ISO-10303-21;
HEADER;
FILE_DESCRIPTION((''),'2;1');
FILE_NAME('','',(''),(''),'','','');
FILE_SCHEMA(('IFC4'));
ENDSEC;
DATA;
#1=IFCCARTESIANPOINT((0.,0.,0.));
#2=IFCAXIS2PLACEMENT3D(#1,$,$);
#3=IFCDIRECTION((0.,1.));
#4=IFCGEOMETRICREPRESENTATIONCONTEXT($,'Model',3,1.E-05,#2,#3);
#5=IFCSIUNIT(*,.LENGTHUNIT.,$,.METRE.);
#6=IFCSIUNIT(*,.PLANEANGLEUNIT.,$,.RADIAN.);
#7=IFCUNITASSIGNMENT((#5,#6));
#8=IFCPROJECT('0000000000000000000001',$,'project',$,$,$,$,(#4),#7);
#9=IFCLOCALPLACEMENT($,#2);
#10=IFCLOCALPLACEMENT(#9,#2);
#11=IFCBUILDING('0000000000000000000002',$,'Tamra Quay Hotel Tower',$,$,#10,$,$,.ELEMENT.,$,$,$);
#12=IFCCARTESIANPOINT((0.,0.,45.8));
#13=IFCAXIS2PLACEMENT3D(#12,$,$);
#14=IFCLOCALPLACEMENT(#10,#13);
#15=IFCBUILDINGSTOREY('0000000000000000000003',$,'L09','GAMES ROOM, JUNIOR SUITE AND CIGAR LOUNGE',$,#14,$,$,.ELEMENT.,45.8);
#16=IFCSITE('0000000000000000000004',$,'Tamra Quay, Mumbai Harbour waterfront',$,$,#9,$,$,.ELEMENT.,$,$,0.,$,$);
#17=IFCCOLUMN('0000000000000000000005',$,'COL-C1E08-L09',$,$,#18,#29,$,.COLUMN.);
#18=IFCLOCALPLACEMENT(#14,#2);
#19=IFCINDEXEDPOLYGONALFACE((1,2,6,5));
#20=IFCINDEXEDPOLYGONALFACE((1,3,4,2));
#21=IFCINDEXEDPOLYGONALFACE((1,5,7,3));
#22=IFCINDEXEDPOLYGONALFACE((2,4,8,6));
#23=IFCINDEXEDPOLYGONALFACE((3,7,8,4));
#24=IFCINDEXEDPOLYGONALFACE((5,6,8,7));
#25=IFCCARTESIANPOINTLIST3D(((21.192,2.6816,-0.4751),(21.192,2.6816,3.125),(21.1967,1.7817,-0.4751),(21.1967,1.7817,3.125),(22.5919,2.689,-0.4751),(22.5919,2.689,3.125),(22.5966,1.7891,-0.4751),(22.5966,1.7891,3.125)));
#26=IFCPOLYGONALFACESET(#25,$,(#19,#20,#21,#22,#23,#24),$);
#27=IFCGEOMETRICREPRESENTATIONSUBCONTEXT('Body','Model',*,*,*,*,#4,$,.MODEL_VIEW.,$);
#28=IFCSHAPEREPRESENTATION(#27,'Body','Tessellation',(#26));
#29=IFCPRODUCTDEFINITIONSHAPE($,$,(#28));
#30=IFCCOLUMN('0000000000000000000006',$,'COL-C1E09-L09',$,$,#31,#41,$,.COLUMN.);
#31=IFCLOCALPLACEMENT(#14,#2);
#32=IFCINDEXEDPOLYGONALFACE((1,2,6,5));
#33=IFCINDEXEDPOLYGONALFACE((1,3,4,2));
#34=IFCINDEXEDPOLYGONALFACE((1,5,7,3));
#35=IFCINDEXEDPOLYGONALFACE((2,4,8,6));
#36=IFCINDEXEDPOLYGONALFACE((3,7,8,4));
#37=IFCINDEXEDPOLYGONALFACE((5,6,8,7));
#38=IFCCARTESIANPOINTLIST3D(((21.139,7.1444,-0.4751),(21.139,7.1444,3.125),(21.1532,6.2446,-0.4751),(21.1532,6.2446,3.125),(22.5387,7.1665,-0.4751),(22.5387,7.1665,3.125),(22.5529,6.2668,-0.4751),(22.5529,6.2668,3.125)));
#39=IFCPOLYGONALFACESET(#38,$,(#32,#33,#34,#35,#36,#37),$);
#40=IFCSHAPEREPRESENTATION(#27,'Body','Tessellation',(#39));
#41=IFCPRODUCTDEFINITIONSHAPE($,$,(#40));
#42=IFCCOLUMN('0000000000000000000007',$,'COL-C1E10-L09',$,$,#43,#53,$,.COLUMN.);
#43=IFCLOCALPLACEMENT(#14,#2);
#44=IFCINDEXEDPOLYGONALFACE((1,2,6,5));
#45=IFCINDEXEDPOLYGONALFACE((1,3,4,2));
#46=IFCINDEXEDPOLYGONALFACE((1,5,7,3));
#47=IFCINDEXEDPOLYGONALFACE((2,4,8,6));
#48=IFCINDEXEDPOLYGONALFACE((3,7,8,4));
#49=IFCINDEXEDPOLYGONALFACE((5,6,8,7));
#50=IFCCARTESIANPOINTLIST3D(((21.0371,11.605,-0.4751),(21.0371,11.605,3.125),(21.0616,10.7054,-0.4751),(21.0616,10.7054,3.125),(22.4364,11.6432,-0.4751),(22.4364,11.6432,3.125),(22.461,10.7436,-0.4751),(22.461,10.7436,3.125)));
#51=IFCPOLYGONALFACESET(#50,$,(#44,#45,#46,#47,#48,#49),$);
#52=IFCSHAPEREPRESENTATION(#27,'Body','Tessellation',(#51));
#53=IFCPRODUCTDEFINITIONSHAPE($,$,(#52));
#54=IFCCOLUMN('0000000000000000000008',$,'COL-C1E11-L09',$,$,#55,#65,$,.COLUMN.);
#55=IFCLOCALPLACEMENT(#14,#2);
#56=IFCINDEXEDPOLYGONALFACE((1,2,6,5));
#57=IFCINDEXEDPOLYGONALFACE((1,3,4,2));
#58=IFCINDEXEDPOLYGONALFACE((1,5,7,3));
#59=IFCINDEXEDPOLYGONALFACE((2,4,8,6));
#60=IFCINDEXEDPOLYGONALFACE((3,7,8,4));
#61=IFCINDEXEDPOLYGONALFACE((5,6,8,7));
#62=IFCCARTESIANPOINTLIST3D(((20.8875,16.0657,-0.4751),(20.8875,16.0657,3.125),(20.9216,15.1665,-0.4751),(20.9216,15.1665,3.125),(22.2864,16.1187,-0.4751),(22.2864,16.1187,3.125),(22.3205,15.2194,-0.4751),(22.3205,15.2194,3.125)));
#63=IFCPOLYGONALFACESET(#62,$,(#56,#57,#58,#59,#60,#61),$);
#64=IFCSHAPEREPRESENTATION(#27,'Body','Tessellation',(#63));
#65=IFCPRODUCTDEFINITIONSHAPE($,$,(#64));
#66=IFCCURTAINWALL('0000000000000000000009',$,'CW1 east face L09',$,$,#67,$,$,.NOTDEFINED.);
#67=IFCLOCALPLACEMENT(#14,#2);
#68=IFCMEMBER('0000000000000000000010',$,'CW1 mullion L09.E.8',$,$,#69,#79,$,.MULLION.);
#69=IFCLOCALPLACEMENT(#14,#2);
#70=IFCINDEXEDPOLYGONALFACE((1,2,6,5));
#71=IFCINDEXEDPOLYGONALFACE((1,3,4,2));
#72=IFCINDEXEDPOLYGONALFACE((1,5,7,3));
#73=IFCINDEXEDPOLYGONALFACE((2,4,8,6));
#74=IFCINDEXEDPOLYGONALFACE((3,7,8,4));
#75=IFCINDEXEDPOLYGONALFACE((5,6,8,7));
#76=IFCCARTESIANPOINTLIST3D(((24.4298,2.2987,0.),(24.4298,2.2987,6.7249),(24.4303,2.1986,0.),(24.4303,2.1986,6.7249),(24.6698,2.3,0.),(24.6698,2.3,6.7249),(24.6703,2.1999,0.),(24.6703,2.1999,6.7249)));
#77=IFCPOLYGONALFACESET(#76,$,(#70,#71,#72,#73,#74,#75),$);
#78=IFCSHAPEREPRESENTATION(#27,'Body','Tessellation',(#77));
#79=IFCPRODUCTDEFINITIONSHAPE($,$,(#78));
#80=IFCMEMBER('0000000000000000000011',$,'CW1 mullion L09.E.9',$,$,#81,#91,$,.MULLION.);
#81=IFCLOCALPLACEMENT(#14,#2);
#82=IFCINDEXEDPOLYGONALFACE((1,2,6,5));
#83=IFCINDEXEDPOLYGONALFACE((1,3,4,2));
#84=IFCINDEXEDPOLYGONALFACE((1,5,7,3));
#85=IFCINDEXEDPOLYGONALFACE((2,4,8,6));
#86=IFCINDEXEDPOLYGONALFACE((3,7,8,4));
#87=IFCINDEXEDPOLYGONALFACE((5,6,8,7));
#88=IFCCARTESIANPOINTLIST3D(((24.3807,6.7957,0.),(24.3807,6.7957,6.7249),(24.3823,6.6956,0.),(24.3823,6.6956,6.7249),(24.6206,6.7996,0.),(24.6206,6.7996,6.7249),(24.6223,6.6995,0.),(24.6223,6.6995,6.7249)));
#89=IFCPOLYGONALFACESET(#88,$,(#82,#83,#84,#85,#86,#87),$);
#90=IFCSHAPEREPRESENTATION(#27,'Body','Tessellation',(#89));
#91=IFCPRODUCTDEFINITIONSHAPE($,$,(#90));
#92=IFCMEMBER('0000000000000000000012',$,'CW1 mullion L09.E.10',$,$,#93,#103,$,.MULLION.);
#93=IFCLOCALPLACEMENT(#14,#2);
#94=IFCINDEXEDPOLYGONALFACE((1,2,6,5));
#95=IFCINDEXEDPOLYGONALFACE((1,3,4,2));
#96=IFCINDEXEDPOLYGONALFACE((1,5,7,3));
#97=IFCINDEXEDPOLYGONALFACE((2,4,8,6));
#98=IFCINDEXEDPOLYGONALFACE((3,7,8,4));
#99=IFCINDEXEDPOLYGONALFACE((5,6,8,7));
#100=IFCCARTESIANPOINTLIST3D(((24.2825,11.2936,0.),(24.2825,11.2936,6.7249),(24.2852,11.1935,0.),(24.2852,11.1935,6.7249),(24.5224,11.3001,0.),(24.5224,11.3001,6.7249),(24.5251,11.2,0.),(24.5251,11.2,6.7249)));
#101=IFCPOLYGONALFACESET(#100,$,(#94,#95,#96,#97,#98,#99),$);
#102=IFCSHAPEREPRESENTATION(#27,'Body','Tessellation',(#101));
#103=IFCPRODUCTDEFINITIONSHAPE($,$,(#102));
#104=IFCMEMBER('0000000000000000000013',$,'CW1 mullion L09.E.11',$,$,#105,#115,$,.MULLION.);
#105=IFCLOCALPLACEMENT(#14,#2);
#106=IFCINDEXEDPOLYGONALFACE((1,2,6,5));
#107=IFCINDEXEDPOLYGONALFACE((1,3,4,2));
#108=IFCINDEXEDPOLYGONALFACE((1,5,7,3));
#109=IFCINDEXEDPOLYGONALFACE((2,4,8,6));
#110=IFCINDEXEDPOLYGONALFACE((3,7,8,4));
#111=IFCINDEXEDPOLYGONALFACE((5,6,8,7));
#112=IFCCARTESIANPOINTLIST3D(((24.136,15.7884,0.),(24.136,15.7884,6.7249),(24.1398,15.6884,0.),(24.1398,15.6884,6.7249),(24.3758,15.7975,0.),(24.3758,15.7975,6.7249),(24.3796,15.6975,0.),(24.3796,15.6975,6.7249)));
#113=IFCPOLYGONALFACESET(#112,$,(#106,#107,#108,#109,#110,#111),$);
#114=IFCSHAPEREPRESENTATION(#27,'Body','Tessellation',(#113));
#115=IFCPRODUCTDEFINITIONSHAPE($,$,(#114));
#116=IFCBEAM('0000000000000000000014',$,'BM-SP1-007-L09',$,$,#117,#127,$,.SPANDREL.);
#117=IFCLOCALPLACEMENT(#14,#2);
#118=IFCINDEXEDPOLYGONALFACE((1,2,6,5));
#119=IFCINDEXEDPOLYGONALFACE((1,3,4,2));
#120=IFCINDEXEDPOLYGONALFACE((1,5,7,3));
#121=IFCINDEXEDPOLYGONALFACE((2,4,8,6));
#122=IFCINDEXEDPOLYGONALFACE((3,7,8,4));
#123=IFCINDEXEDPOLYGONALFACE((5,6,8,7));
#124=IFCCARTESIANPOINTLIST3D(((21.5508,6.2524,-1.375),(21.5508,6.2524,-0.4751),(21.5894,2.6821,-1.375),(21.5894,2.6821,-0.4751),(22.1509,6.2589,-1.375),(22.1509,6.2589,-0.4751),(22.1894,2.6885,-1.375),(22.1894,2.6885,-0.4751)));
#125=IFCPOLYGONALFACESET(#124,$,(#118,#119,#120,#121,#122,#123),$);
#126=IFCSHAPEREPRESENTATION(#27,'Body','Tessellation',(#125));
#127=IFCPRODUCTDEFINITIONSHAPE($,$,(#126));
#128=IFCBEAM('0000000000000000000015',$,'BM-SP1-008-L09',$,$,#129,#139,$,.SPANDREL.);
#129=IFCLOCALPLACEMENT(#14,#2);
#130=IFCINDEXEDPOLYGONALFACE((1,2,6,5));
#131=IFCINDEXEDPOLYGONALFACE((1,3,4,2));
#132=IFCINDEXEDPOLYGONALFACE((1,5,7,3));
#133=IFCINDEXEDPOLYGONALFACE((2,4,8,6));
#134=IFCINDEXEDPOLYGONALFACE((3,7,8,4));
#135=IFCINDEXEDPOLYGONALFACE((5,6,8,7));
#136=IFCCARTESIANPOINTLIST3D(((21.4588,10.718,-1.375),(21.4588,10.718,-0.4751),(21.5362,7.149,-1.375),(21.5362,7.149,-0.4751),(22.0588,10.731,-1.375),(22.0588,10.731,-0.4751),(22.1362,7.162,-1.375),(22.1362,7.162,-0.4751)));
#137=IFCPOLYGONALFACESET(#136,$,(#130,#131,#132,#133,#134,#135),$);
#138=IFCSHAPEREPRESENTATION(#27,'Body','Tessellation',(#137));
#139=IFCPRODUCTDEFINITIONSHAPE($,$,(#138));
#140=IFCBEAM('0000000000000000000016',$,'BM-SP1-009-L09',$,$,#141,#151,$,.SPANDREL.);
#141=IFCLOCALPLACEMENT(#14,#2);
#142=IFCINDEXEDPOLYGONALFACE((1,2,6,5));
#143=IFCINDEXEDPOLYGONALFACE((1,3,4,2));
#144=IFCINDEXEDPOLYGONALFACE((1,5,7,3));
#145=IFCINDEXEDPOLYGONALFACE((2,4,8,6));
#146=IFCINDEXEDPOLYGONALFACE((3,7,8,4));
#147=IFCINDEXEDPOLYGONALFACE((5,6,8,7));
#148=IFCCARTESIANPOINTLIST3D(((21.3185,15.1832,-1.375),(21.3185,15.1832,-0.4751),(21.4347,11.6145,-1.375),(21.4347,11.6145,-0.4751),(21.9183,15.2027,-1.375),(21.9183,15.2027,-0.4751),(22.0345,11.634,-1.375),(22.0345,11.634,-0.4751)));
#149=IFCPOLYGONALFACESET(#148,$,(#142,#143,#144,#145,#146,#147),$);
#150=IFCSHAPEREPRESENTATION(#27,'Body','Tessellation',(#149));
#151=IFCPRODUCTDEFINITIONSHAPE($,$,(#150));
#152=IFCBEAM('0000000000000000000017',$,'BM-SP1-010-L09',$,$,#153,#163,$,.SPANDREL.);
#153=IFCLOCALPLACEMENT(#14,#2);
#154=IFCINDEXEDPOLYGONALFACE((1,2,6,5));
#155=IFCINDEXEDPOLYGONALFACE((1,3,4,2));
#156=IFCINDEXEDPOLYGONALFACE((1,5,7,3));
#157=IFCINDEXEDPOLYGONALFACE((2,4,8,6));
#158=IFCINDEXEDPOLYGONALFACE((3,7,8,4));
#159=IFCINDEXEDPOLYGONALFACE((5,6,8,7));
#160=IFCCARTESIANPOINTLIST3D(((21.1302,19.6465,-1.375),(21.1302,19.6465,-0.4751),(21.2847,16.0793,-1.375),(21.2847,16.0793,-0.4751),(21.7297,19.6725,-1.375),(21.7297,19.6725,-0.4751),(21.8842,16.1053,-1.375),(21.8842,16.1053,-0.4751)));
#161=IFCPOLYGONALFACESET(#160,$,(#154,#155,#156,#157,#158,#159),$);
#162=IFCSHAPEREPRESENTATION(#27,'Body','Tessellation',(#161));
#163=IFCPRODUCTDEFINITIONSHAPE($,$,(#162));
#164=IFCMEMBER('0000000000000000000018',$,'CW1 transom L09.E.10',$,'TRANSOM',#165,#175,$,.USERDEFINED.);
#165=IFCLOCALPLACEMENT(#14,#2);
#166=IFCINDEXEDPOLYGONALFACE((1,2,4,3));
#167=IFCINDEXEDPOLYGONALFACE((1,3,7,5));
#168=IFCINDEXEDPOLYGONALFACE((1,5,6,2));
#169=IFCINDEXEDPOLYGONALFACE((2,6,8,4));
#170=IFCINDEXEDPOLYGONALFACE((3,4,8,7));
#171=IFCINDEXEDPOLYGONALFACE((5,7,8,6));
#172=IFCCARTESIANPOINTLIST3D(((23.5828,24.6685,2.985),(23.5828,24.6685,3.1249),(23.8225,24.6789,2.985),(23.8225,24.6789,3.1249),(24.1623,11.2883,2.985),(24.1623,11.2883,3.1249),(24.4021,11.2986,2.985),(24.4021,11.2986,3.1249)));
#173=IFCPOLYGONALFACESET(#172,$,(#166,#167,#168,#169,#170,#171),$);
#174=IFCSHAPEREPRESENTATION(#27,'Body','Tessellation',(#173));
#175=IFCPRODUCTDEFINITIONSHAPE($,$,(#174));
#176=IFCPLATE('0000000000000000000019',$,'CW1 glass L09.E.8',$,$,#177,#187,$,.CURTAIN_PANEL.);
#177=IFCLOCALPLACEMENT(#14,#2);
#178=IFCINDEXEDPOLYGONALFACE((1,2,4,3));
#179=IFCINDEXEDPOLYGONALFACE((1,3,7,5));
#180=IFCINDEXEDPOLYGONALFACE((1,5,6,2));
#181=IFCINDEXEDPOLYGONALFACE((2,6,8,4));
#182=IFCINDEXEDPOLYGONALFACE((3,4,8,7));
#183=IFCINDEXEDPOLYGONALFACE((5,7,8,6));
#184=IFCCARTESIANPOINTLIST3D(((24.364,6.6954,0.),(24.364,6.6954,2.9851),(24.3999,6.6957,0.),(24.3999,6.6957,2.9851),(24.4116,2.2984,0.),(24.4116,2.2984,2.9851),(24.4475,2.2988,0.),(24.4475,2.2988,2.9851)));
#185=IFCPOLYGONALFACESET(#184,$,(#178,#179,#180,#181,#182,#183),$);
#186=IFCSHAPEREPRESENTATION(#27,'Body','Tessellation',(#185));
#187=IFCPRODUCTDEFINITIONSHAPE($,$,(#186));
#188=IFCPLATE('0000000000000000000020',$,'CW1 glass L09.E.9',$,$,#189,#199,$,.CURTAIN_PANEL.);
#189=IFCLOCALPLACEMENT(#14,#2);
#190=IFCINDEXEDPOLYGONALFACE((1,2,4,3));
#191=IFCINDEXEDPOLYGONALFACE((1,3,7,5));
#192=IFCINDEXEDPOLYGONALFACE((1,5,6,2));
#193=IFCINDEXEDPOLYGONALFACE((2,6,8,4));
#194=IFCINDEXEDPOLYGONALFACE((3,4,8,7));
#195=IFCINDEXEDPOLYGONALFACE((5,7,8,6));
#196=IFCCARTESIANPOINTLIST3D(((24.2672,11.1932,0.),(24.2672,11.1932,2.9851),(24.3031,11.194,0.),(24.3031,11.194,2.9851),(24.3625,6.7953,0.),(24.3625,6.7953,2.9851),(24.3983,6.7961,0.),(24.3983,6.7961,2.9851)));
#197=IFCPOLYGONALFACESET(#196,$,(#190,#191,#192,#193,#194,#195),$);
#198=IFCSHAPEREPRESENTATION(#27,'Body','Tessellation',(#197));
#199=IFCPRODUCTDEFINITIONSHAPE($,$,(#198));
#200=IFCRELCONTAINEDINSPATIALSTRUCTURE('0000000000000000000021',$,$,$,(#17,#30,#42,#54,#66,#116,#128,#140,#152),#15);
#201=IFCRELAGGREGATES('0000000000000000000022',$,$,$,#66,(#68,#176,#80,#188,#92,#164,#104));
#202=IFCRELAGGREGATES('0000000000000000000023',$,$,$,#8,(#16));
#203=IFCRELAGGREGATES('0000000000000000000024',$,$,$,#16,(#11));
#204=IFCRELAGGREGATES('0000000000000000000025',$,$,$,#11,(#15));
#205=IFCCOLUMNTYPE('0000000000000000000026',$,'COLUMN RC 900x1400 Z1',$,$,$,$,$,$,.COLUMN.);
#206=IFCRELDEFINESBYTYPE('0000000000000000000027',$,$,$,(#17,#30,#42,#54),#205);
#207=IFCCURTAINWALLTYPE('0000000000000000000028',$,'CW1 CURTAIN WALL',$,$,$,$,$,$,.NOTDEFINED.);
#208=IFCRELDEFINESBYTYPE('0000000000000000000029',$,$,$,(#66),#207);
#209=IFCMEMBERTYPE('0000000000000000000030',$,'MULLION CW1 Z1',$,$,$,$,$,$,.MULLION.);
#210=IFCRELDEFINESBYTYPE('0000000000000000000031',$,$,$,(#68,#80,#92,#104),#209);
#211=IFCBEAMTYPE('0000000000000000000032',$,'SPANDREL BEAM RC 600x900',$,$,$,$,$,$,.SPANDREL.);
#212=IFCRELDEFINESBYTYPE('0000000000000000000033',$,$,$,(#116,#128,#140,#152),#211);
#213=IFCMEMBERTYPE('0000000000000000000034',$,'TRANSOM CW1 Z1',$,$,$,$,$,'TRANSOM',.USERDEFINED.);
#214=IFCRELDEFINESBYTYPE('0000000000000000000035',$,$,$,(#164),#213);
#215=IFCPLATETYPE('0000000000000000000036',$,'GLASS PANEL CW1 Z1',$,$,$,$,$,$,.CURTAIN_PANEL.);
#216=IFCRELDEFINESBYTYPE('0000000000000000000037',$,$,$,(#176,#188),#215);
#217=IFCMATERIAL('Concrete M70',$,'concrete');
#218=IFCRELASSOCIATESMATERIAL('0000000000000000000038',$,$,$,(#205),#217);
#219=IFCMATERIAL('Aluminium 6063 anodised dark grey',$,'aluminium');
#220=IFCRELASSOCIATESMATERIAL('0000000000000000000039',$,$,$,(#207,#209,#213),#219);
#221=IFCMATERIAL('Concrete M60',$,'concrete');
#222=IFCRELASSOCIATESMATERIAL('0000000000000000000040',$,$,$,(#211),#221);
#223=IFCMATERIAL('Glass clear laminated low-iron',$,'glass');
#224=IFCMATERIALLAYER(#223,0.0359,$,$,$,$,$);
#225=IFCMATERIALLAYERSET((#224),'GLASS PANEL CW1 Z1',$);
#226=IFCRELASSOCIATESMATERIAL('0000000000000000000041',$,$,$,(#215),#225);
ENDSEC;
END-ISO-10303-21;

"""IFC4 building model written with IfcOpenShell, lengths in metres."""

from ifc_helpers import new_model, si_unit, direction, frame, origin, origin_2d, place, context, subcontext, project, spatial, rectangle, extrude, material, layer, layer_set, material_profile, profile_set, type_object, element, aggregate, save


model = new_model("IFC4")

# Units and contexts
model_context = context("Model", 3, precision=1e-05, world=origin(), true_north=direction((0.0, 1.0)))
body_context = subcontext(model_context, "Body", "Model", "MODEL_VIEW")
ifc_project = project(units=[si_unit("LENGTHUNIT", "METRE"), si_unit("PLANEANGLEUNIT", "RADIAN")], contexts=[model_context])

# Site, building, storey
site_placement = place(None, origin())
site = spatial("IfcSite", under=ifc_project, at=site_placement, Name="Tamra Quay, Mumbai Harbour waterfront", CompositionType="ELEMENT", RefElevation=0.0)
building_placement = place(site_placement, origin())
building = spatial("IfcBuilding", under=site, at=building_placement, Name="Tamra Quay Hotel Tower", CompositionType="ELEMENT")
storey_placement = place(building_placement, frame((0.0, 0.0, 45.8)))
storey = spatial("IfcBuildingStorey", under=building, at=storey_placement, Name="L09", Description="GAMES ROOM, JUNIOR SUITE AND CIGAR LOUNGE", CompositionType="ELEMENT", Elevation=45.8)

# Columns
ifc_material_1 = material(Name="Concrete M70", Category="concrete")
ifc_material_profile_1 = material_profile(ifc_material_1, rectangle(XDim=1.3999, YDim=0.8999, at=origin_2d()), Name="COLUMN RC 900x1400 Z1")
ifc_profile_set_1 = profile_set([ifc_material_profile_1], Name="Concrete M70")
column_type = type_object("IfcColumnType", Name="COLUMN RC 900x1400 Z1", PredefinedType="COLUMN", material=ifc_profile_set_1)
for number, where, z_axis, x_axis, name in (
    (1, (21.8943, 2.2354, -0.4751), (0.0, 0.0, 1.0), (0.999986, 0.00528, 0.0), "COL-C1E08-L09"),
    (2, (21.8459, 6.7056, -0.4751), (0.0, 0.0, 1.0), (0.999875, 0.015838, 0.0), "COL-C1E09-L09"),
    (3, (21.749, 11.1743, -0.4751), (0.0, 0.0, 1.0), (0.999628, 0.027269, 0.0), "COL-C1E10-L09"),
    (4, (21.604, 15.6426, -0.4751), (0.0, 0.0, 1.0), (0.999285, 0.037812, 0.0), "COL-C1E11-L09"),
):
    element("IfcColumn", number, at=place(storey_placement, frame(where, z_axis=z_axis, x_axis=x_axis)), inside=storey, type_object=column_type, Name=name, PredefinedType="COLUMN", context=body_context, shape_type="SweptSolid", body=[
        extrude(rectangle(XDim=1.3999, YDim=0.8999, at=origin_2d()), origin(), (0.0, 0.0, 1.0), 3.6001),
    ])

# Curtain wall, members
ifc_material_2 = material(Name="Aluminium 6063 anodised dark grey", Category="aluminium")
curtain_wall_type = type_object("IfcCurtainWallType", Name="CW1 CURTAIN WALL", PredefinedType="NOTDEFINED", material=ifc_material_2)
curtain_wall_placement = place(storey_placement, origin())
curtain_wall = element("IfcCurtainWall", 5, at=curtain_wall_placement, inside=storey, type_object=curtain_wall_type, Name="CW1 east face L09", PredefinedType="NOTDEFINED")
ifc_material_profile_2 = material_profile(ifc_material_2, rectangle(XDim=0.24, YDim=0.1001, at=origin_2d()), Name="MULLION 100X240")
ifc_profile_set_2 = profile_set([ifc_material_profile_2], Name="Aluminium 6063 anodised dark grey")
member_type_1 = type_object("IfcMemberType", Name="MULLION CW1 Z1", PredefinedType="MULLION", material=ifc_profile_set_2)
member_1_placement = place(storey_placement, frame((24.55, 2.2493, 0.0), z_axis=(0.0, 0.0, 1.0), x_axis=(0.999985, 0.005418, 0.0)))
member_1 = element("IfcMember", 6, at=member_1_placement, type_object=member_type_1, Name="CW1 mullion L09.E.8", PredefinedType="MULLION", context=body_context, shape_type="SweptSolid", body=[
    extrude(rectangle(XDim=0.24, YDim=0.1001, at=origin_2d()), origin(), (0.0, 0.0, 1.0), 6.7249),
])
member_2_placement = place(storey_placement, frame((24.5015, 6.7476, 0.0), z_axis=(0.0, 0.0, 1.0), x_axis=(0.999868, 0.016247, 0.0)))
member_2 = element("IfcMember", 7, at=member_2_placement, type_object=member_type_1, Name="CW1 mullion L09.E.9", PredefinedType="MULLION", context=body_context, shape_type="SweptSolid", body=[
    extrude(rectangle(XDim=0.24, YDim=0.1001, at=origin_2d()), origin(), (0.0, 0.0, 1.0), 6.7249),
])
member_3_placement = place(storey_placement, frame((24.4038, 11.2468, 0.0), z_axis=(0.0, 0.0, 1.0), x_axis=(0.999634, 0.027067, 0.0)))
member_3 = element("IfcMember", 8, at=member_3_placement, type_object=member_type_1, Name="CW1 mullion L09.E.10", PredefinedType="MULLION", context=body_context, shape_type="SweptSolid", body=[
    extrude(rectangle(XDim=0.24, YDim=0.1001, at=origin_2d()), origin(), (0.0, 0.0, 1.0), 6.7249),
])
member_4_placement = place(storey_placement, frame((24.2578, 15.7429, 0.0), z_axis=(0.0, 0.0, 1.0), x_axis=(0.999282, 0.037881, 0.0)))
member_4 = element("IfcMember", 9, at=member_4_placement, type_object=member_type_1, Name="CW1 mullion L09.E.11", PredefinedType="MULLION", context=body_context, shape_type="SweptSolid", body=[
    extrude(rectangle(XDim=0.24, YDim=0.1001, at=origin_2d()), origin(), (0.0, 0.0, 1.0), 6.7249),
])

# Beams
ifc_material_3 = material(Name="Concrete M60", Category="concrete")
ifc_material_profile_3 = material_profile(ifc_material_3, rectangle(XDim=0.6001, YDim=0.8999, at=origin_2d()), Name="SPANDREL BEAM RC 600x900")
ifc_profile_set_3 = profile_set([ifc_material_profile_3], Name="Concrete M60")
beam_type = type_object("IfcBeamType", Name="SPANDREL BEAM RC 600x900", PredefinedType="SPANDREL", material=ifc_profile_set_3)
beam_1_placement = place(storey_placement, frame((21.8894, 2.6853, -0.925), z_axis=(-0.010804, 0.999942, 0.0), x_axis=(-0.999942, -0.010804, 0.0)))
element("IfcBeam", 10, at=beam_1_placement, inside=storey, type_object=beam_type, Name="BM-SP1-007-L09", PredefinedType="SPANDREL", context=body_context, shape_type="SweptSolid", body=[
    extrude(rectangle(XDim=0.6001, YDim=0.8999, at=origin_2d()), origin(), (0.0, 0.0, 1.0), 3.5706),
])
beam_2_placement = place(storey_placement, frame((21.8362, 7.1555, -0.925), z_axis=(-0.021679, 0.999765, 0.0), x_axis=(-0.999765, -0.021679, 0.0)))
element("IfcBeam", 11, at=beam_2_placement, inside=storey, type_object=beam_type, Name="BM-SP1-008-L09", PredefinedType="SPANDREL", context=body_context, shape_type="SweptSolid", body=[
    extrude(rectangle(XDim=0.6001, YDim=0.8999, at=origin_2d()), origin(), (0.0, 0.0, 1.0), 3.5698),
])
for number, where, z_axis, x_axis, name in (
    (12, (21.7346, 11.6243, -0.925), (-0.032548, 0.99947, 0.0), (-0.99947, -0.032548, 0.0), "BM-SP1-009-L09"),
    (13, (21.5845, 16.0923, -0.925), (-0.043283, 0.999063, 0.0), (-0.999063, -0.043283, 0.0), "BM-SP1-010-L09"),
):
    element("IfcBeam", number, at=place(storey_placement, frame(where, z_axis=z_axis, x_axis=x_axis)), inside=storey, type_object=beam_type, Name=name, PredefinedType="SPANDREL", context=body_context, shape_type="SweptSolid", body=[
        extrude(rectangle(XDim=0.6001, YDim=0.8999, at=origin_2d()), origin(), (0.0, 0.0, 1.0), 3.5706),
    ])

# Member
ifc_material_profile_4 = material_profile(ifc_material_2, rectangle(XDim=0.24, YDim=0.1399, at=origin_2d()), Name="TRANSOM 240X140")
ifc_profile_set_4 = profile_set([ifc_material_profile_4], Name="Aluminium 6063 anodised dark grey")
member_type_2 = type_object("IfcMemberType", Name="TRANSOM CW1 Z1", ElementType="TRANSOM", PredefinedType="USERDEFINED", material=ifc_profile_set_4)
member_5_placement = place(storey_placement, frame((24.2822, 11.2935, 3.0549), z_axis=(-0.043276, 0.999063, 0.0), x_axis=(-0.999063, -0.043276, 0.0)))
member_5 = element("IfcMember", 14, at=member_5_placement, type_object=member_type_2, Name="CW1 transom L09.E.10", ObjectType="TRANSOM", PredefinedType="USERDEFINED", context=body_context, shape_type="SweptSolid", body=[
    extrude(rectangle(XDim=0.24, YDim=0.1399, at=origin_2d()), origin(), (0.0, 0.0, 1.0), 13.3928),
])

# Plates
ifc_material_4 = material(Name="Glass clear laminated low-iron", Category="glass")
ifc_layer_1 = layer(ifc_material_4, 0.0359)
ifc_layer_set_1 = layer_set([ifc_layer_1], Name="GLASS PANEL CW1 Z1")
plate_type = type_object("IfcPlateType", Name="GLASS PANEL CW1 Z1", PredefinedType="CURTAIN_PANEL", material=ifc_layer_set_1)
plate_1_placement = place(storey_placement, frame((24.4058, 4.4971, 0.0), z_axis=(0.0, 0.0, 1.0), x_axis=(-0.010836, 0.999941, 0.0)))
plate_1 = element("IfcPlate", 15, at=plate_1_placement, type_object=plate_type, Name="CW1 glass L09.E.8", PredefinedType="CURTAIN_PANEL", context=body_context, shape_type="SweptSolid", body=[
    extrude(rectangle(XDim=4.3972, YDim=0.0359, at=origin_2d()), origin(), (0.0, 0.0, 1.0), 2.9851),
])
plate_2_placement = place(storey_placement, frame((24.3328, 8.9946, 0.0), z_axis=(0.0, 0.0, 1.0), x_axis=(-0.021657, 0.999765, 0.0)))
plate_2 = element("IfcPlate", 16, at=plate_2_placement, type_object=plate_type, Name="CW1 glass L09.E.9", PredefinedType="CURTAIN_PANEL", context=body_context, shape_type="SweptSolid", body=[
    extrude(rectangle(XDim=4.3989, YDim=0.0359, at=origin_2d()), origin(), (0.0, 0.0, 1.0), 2.9851),
])
aggregate(curtain_wall, [member_1, plate_1, member_2, plate_2, member_3, member_5, member_4])

save(model, "model.ifc")
